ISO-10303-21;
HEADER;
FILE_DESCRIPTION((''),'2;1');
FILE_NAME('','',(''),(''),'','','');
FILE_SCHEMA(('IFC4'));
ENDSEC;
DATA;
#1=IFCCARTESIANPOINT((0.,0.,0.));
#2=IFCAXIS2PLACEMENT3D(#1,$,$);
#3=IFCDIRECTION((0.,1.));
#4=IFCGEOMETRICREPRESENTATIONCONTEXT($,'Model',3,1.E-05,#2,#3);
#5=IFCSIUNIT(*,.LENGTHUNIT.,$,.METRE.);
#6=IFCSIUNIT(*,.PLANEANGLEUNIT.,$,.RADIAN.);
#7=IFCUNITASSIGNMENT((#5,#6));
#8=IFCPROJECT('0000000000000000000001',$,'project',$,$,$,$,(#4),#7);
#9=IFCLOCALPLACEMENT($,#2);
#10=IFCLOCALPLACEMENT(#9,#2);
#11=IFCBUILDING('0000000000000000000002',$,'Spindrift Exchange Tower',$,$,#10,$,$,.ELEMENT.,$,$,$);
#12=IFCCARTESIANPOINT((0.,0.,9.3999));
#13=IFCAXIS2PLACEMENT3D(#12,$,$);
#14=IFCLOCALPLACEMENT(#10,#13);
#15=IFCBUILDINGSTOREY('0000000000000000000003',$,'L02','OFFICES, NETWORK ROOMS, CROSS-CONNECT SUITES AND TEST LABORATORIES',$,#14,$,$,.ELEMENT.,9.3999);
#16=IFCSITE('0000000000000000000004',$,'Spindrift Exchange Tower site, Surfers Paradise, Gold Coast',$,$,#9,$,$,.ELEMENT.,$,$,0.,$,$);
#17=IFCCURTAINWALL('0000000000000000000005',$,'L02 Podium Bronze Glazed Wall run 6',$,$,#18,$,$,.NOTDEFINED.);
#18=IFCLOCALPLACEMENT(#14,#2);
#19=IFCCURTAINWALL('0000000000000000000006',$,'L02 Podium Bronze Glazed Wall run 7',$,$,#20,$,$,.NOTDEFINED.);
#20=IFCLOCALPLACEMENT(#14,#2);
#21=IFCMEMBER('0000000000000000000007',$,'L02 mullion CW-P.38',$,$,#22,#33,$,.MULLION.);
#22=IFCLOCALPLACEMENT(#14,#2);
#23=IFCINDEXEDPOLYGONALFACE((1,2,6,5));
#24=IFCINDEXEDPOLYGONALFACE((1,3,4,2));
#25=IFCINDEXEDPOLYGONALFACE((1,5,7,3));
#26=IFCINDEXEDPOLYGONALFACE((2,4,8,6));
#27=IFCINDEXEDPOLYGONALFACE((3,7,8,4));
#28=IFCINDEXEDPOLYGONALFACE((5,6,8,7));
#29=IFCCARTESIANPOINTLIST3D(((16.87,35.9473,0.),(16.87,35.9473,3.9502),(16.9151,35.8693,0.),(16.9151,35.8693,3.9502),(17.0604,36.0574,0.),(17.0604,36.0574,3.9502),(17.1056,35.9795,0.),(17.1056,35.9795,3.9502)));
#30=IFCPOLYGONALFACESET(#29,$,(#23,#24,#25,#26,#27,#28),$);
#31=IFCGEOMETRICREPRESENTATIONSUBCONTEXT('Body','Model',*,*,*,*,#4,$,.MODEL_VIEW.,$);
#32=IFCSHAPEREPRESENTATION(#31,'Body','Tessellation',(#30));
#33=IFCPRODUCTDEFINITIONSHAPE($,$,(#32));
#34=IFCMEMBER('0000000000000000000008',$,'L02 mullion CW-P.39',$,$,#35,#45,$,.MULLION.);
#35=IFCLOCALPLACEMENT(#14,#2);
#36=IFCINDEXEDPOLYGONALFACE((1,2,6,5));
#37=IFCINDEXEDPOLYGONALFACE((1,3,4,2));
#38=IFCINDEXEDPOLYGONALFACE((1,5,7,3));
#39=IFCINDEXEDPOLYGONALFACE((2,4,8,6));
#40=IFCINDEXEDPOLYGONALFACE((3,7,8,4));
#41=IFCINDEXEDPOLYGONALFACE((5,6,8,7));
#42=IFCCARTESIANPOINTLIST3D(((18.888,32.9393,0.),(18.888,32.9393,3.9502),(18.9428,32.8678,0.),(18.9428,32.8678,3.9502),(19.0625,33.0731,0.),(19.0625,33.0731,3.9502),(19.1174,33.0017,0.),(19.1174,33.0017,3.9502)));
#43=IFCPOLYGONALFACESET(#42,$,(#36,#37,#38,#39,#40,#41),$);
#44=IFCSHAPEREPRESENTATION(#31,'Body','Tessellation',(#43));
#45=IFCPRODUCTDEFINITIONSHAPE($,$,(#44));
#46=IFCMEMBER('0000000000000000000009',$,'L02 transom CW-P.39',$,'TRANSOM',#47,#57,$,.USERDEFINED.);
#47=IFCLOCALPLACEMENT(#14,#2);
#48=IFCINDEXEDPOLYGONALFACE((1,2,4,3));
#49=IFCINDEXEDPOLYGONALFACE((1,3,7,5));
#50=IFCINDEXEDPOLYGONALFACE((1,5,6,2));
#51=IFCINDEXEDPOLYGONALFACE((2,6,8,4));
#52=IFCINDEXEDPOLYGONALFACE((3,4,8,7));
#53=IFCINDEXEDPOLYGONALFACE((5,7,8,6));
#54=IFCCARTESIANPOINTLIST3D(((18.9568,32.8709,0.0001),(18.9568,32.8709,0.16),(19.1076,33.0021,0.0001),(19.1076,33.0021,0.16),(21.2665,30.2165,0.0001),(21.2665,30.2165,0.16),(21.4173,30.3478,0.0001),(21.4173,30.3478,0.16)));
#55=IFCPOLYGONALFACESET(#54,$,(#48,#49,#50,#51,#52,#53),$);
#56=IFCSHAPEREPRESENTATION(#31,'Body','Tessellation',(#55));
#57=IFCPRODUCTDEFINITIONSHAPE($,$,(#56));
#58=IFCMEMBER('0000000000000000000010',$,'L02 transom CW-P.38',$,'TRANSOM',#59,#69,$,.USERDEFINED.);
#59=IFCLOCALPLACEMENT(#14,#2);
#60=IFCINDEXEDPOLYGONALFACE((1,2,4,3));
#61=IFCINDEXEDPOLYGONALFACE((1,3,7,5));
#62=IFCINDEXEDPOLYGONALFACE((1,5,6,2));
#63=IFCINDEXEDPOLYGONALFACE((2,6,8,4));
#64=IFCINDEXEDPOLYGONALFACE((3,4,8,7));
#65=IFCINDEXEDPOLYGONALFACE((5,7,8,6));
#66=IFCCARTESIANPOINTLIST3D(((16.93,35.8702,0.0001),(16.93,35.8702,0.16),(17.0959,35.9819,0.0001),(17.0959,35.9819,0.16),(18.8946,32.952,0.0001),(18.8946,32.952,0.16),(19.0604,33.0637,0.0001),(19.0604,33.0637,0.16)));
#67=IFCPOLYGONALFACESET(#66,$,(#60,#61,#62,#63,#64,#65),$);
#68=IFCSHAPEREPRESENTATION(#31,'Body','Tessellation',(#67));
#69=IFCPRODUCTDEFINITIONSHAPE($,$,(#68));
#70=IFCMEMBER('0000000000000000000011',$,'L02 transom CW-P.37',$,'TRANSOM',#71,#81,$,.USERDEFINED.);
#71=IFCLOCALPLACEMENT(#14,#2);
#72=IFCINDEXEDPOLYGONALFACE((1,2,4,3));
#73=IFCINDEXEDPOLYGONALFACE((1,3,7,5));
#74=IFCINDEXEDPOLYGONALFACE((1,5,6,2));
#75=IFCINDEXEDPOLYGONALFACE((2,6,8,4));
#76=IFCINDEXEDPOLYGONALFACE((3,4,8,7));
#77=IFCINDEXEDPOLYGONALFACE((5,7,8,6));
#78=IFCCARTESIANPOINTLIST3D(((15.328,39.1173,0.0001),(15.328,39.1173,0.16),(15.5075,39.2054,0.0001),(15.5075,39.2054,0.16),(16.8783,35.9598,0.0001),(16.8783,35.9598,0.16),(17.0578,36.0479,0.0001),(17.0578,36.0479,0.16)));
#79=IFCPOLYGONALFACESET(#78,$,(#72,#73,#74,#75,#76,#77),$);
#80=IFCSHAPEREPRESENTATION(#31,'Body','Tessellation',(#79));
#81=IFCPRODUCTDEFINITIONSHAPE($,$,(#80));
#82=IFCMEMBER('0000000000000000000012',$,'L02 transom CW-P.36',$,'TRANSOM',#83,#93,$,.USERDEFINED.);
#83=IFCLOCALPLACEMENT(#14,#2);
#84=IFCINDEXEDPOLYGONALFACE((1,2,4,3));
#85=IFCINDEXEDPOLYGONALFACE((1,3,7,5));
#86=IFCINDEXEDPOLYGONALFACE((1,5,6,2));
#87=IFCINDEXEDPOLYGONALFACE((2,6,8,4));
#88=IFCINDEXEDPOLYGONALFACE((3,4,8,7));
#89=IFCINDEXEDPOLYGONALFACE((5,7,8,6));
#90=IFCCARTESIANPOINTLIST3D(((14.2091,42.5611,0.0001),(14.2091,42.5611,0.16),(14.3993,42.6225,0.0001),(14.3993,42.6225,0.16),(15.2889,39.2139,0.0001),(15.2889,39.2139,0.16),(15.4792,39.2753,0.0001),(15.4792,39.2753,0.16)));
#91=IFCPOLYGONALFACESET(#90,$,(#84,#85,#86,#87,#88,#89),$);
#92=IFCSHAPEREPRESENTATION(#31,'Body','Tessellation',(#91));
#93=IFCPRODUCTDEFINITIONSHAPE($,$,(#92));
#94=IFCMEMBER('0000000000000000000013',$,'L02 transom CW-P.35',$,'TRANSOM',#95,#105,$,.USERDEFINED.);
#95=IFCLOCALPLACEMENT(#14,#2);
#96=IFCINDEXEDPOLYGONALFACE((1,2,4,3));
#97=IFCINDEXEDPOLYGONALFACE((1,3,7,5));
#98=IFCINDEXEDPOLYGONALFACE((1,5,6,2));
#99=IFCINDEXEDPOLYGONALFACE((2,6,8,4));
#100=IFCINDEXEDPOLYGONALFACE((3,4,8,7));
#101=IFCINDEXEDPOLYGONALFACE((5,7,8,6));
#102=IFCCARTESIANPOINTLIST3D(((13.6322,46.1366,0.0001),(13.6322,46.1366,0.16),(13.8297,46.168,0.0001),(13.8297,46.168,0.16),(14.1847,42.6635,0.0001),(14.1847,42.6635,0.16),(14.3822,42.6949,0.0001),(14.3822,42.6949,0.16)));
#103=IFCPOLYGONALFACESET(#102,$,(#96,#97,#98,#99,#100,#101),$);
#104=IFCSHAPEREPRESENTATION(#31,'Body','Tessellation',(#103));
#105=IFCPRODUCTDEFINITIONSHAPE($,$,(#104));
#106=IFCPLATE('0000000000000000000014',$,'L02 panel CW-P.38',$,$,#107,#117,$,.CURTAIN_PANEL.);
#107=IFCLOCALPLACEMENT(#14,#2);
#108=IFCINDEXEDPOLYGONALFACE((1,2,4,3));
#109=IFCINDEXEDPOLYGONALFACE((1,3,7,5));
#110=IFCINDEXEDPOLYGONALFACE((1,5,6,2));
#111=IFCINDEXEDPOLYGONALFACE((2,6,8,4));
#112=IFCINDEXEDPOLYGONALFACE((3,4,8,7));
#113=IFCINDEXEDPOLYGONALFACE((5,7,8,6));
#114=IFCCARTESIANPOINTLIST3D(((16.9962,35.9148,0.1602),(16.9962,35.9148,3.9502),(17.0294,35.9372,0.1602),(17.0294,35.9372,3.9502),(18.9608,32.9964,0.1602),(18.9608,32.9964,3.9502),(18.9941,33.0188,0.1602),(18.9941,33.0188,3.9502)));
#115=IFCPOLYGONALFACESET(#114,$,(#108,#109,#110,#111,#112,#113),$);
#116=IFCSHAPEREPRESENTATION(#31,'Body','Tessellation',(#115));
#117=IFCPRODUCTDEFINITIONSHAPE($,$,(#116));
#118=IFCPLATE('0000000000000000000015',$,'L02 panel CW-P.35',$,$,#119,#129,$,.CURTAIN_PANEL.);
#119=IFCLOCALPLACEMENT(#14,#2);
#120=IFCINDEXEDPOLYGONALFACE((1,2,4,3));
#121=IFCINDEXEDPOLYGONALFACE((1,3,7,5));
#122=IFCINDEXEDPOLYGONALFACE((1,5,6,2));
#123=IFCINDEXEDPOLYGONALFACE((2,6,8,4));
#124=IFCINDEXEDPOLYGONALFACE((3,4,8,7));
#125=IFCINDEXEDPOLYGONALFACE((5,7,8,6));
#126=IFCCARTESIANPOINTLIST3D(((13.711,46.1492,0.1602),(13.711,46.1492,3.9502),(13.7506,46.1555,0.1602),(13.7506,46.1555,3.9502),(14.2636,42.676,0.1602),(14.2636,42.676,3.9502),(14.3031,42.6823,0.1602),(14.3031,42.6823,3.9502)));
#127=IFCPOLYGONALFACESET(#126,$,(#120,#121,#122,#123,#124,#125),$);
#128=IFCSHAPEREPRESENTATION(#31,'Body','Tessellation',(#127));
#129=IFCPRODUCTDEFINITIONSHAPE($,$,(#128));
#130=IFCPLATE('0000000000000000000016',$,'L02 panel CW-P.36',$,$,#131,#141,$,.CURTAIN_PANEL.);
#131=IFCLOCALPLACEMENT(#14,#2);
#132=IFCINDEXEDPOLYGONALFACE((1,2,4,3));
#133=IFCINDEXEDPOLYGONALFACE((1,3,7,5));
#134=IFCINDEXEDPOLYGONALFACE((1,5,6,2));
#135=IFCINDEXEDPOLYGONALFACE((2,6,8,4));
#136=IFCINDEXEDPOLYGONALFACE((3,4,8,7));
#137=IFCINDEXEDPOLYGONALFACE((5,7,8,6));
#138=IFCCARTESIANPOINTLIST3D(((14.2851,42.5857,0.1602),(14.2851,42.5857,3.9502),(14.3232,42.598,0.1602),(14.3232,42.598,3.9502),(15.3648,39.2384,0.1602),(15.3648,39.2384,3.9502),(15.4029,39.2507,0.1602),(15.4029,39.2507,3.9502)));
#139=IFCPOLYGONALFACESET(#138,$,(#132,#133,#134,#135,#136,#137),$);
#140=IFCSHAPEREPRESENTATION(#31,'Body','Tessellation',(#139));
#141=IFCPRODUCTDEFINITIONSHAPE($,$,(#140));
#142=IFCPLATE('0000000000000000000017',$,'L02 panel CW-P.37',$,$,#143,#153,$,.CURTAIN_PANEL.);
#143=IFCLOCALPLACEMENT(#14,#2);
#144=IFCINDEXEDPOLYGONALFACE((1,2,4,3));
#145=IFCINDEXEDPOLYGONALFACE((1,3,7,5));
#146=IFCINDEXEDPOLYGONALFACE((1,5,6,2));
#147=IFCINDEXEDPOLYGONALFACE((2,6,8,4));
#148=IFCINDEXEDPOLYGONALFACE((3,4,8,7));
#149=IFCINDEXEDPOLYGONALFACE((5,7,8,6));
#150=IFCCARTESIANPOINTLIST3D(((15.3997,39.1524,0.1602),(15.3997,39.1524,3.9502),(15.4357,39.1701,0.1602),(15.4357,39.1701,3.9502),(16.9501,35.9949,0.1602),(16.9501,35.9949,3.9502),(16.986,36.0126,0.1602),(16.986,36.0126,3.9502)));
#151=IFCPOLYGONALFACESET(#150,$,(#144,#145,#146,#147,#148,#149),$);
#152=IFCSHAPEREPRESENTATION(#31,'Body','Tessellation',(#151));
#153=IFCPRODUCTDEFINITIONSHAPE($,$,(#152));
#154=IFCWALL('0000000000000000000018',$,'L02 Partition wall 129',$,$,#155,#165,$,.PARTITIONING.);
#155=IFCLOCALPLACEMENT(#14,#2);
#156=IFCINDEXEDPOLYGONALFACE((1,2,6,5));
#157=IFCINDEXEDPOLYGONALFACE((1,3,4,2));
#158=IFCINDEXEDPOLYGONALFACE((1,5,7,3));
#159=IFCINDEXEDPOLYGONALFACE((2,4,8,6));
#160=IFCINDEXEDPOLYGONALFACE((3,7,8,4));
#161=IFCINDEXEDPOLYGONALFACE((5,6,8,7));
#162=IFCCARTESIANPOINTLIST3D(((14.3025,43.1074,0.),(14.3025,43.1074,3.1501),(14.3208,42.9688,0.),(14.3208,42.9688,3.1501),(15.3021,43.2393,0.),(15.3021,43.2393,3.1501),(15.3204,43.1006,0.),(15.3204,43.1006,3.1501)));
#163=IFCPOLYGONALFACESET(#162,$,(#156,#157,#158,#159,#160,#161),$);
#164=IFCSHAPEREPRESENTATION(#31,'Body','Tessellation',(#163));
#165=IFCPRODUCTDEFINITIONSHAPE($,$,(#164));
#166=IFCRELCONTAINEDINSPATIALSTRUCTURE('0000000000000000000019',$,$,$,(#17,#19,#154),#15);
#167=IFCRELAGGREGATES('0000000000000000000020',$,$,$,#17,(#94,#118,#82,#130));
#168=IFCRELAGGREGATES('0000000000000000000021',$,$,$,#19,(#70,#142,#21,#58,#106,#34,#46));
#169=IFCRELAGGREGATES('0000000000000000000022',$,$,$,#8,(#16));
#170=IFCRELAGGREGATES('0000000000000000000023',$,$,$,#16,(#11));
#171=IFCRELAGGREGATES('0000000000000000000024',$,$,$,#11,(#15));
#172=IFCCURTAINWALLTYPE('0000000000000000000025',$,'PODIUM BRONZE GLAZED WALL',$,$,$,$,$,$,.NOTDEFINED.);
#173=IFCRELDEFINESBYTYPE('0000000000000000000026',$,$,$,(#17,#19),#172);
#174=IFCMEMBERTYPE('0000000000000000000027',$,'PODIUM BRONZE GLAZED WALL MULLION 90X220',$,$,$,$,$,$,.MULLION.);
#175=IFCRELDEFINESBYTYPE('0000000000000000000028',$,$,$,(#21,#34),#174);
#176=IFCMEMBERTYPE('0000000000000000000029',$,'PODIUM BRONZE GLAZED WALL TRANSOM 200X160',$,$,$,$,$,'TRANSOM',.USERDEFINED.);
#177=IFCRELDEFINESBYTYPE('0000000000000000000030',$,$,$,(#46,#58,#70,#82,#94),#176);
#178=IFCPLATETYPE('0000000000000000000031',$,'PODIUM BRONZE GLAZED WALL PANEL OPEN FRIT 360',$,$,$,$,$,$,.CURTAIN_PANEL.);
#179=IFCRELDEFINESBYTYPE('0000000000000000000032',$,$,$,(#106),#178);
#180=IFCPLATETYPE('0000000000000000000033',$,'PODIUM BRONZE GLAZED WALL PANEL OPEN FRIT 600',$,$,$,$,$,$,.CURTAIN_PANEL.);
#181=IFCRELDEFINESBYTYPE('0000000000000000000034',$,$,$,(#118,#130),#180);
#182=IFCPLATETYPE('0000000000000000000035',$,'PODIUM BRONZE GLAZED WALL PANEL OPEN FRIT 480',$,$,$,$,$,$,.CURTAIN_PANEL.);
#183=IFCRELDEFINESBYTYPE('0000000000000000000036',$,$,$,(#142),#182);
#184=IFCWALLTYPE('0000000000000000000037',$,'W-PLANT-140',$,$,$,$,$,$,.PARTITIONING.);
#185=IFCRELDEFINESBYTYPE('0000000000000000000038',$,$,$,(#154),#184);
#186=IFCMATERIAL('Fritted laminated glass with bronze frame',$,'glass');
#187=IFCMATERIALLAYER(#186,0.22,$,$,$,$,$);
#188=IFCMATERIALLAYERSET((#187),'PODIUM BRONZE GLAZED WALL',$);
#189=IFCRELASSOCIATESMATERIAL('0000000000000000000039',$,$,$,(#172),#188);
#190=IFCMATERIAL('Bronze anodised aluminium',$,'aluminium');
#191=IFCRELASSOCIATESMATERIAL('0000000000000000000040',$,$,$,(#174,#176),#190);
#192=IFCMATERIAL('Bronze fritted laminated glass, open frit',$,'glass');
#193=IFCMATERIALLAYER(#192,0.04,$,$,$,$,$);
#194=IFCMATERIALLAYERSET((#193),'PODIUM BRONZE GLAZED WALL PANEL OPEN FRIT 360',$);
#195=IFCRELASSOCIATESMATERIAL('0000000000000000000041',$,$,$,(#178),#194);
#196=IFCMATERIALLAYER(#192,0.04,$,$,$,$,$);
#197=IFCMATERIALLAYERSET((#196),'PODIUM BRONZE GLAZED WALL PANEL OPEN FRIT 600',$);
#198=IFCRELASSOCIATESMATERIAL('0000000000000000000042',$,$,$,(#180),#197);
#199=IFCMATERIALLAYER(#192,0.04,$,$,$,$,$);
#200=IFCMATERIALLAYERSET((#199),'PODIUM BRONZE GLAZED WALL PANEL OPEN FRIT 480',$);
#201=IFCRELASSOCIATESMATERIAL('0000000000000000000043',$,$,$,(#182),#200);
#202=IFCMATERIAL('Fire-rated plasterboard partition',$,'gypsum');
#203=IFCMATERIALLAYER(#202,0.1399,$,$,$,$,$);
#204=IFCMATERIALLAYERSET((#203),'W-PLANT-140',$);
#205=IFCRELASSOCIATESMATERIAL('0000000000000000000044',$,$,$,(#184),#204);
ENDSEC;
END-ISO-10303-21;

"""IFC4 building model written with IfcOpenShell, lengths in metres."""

from ifc_helpers import new_model, si_unit, direction, frame, frame_2d, origin, origin_2d, place, context, subcontext, project, spatial, rectangle, extrude, source, transform, mapped, material, layer, layer_set, material_profile, profile_set, type_object, element, aggregate, save


model = new_model("IFC4")

# Units and contexts
model_context = context("Model", 3, precision=1e-05, world=origin(), true_north=direction((0.0, 1.0)))
body_context = subcontext(model_context, "Body", "Model", "MODEL_VIEW")
ifc_project = project(units=[si_unit("LENGTHUNIT", "METRE"), si_unit("PLANEANGLEUNIT", "RADIAN")], contexts=[model_context])

# Site, building, storey
site_placement = place(None, origin())
site = spatial("IfcSite", under=ifc_project, at=site_placement, Name="Spindrift Exchange Tower site, Surfers Paradise, Gold Coast", CompositionType="ELEMENT", RefElevation=0.0)
building_placement = place(site_placement, origin())
building = spatial("IfcBuilding", under=site, at=building_placement, Name="Spindrift Exchange Tower", CompositionType="ELEMENT")
storey_placement = place(building_placement, frame((0.0, 0.0, 9.3999)))
storey = spatial("IfcBuildingStorey", under=building, at=storey_placement, Name="L02", Description="OFFICES, NETWORK ROOMS, CROSS-CONNECT SUITES AND TEST LABORATORIES", CompositionType="ELEMENT", Elevation=9.3999)

# Curtain wall
ifc_material_1 = material(Name="Fritted laminated glass with bronze frame", Category="glass")
ifc_layer_1 = layer(ifc_material_1, 0.22)
ifc_layer_set_1 = layer_set([ifc_layer_1], Name="PODIUM BRONZE GLAZED WALL")
curtain_wall_type = type_object("IfcCurtainWallType", Name="PODIUM BRONZE GLAZED WALL", PredefinedType="NOTDEFINED", material=ifc_layer_set_1)
curtain_wall_1_placement = place(storey_placement, origin())
curtain_wall_1 = element("IfcCurtainWall", 1, at=curtain_wall_1_placement, inside=storey, type_object=curtain_wall_type, Name="L02 Podium Bronze Glazed Wall run 6", PredefinedType="NOTDEFINED")
ifc_material_2 = material(Name="Bronze anodised aluminium", Category="aluminium")
ifc_material_profile_1 = material_profile(ifc_material_2, rectangle(XDim=0.0901, YDim=0.22, at=origin_2d()), Name="PODIUM BRONZE GLAZED WALL MULLION 90X220")
ifc_profile_set_1 = profile_set([ifc_material_profile_1], Name="Bronze anodised aluminium")
member_type_1 = type_object("IfcMemberType", Name="PODIUM BRONZE GLAZED WALL MULLION 90X220", PredefinedType="MULLION", material=ifc_profile_set_1)
shared_shape_1 = source(origin(), body_context, "Body", "SweptSolid", [
    extrude(rectangle(XDim=0.0901, YDim=0.22, at=origin_2d()), origin(), (0.0, 0.0, 1.0), 3.9502),
])

# Curtain wall, members
curtain_wall_2_placement = place(storey_placement, origin())
curtain_wall_2 = element("IfcCurtainWall", 2, at=curtain_wall_2_placement, inside=storey, type_object=curtain_wall_type, Name="L02 Podium Bronze Glazed Wall run 7", PredefinedType="NOTDEFINED")
member_1_placement = place(storey_placement, frame((16.9878, 35.9634, 0.0), z_axis=(0.0, 0.0, 1.0), x_axis=(0.500752, -0.865591, 0.0)))
member_1 = element("IfcMember", 3, at=member_1_placement, type_object=member_type_1, Name="L02 mullion CW-P.38", PredefinedType="MULLION", context=body_context, shape_type="MappedRepresentation", body=[
    mapped(shared_shape_1, transform((0.0, 0.0, 0.0), scale=1.0)),
])
member_2_placement = place(storey_placement, frame((19.0027, 32.9705, 0.0), z_axis=(0.0, 0.0, 1.0), x_axis=(0.608599, -0.793478, 0.0)))
member_2 = element("IfcMember", 4, at=member_2_placement, type_object=member_type_1, Name="L02 mullion CW-P.39", PredefinedType="MULLION", context=body_context, shape_type="MappedRepresentation", body=[
    mapped(shared_shape_1, transform((0.0, 0.0, 0.0), scale=1.0)),
])
ifc_material_profile_2 = material_profile(ifc_material_2, rectangle(XDim=0.2, YDim=0.1599, at=origin_2d()), Name="PODIUM BRONZE GLAZED WALL TRANSOM 200X160")
ifc_profile_set_2 = profile_set([ifc_material_profile_2], Name="Bronze anodised aluminium")
member_type_2 = type_object("IfcMemberType", Name="PODIUM BRONZE GLAZED WALL TRANSOM 200X160", ElementType="TRANSOM", PredefinedType="USERDEFINED", material=ifc_profile_set_2)
shared_shape_2 = source(origin(), body_context, "Body", "SweptSolid", [
    extrude(rectangle(XDim=0.2, YDim=0.1599, at=origin_2d()), origin(), (0.0, 0.0, 1.0), 3.5186),
])
member_3_placement = place(storey_placement, frame((19.0322, 32.9365, 0.0801), z_axis=(0.656419, -0.754396, 0.0), x_axis=(0.754396, 0.656419, 0.0)))
member_3 = element("IfcMember", 5, at=member_3_placement, type_object=member_type_2, Name="L02 transom CW-P.39", ObjectType="TRANSOM", PredefinedType="USERDEFINED", context=body_context, shape_type="MappedRepresentation", body=[
    mapped(shared_shape_2, transform((0.0, 0.0, 0.0), scale=1.0)),
])
shared_shape_3 = source(origin(), body_context, "Body", "SweptSolid", [
    extrude(rectangle(XDim=0.2, YDim=0.1599, at=origin_2d()), origin(), (0.0, 0.0, 1.0), 3.5178),
])
member_4_placement = place(storey_placement, frame((17.0129, 35.926, 0.0801), z_axis=(0.558458, -0.829533, 0.0), x_axis=(0.829533, 0.558458, 0.0)))
member_4 = element("IfcMember", 6, at=member_4_placement, type_object=member_type_2, Name="L02 transom CW-P.38", ObjectType="TRANSOM", PredefinedType="USERDEFINED", context=body_context, shape_type="MappedRepresentation", body=[
    mapped(shared_shape_3, transform((0.0, 0.0, 0.0), scale=1.0)),
])
shared_shape_4 = source(origin(), body_context, "Body", "SweptSolid", [
    extrude(rectangle(XDim=0.2, YDim=0.1599, at=origin_2d()), origin(), (0.0, 0.0, 1.0), 3.5176),
])
member_5_placement = place(storey_placement, frame((15.4177, 39.1614, 0.0801), z_axis=(0.440733, -0.897638, 0.0), x_axis=(0.897638, 0.440733, 0.0)))
member_5 = element("IfcMember", 7, at=member_5_placement, type_object=member_type_2, Name="L02 transom CW-P.37", ObjectType="TRANSOM", PredefinedType="USERDEFINED", context=body_context, shape_type="MappedRepresentation", body=[
    mapped(shared_shape_4, transform((0.0, 0.0, 0.0), scale=1.0)),
])

# Members
shared_shape_5 = source(origin(), body_context, "Body", "SweptSolid", [
    extrude(rectangle(XDim=0.2, YDim=0.1599, at=origin_2d()), origin(), (0.0, 0.0, 1.0), 3.5171),
])
member_6_placement = place(storey_placement, frame((14.3042, 42.5918, 0.0801), z_axis=(0.307029, -0.9517, 0.0), x_axis=(0.9517, 0.307029, 0.0)))
member_6 = element("IfcMember", 8, at=member_6_placement, type_object=member_type_2, Name="L02 transom CW-P.36", ObjectType="TRANSOM", PredefinedType="USERDEFINED", context=body_context, shape_type="MappedRepresentation", body=[
    mapped(shared_shape_5, transform((0.0, 0.0, 0.0), scale=1.0)),
])
shared_shape_6 = source(origin(), body_context, "Body", "SweptSolid", [
    extrude(rectangle(XDim=0.2, YDim=0.1599, at=origin_2d()), origin(), (0.0, 0.0, 1.0), 3.5168),
])
member_7_placement = place(storey_placement, frame((13.731, 46.1523, 0.0801), z_axis=(0.1571, -0.987583, 0.0), x_axis=(0.987583, 0.1571, 0.0)))
member_7 = element("IfcMember", 9, at=member_7_placement, type_object=member_type_2, Name="L02 transom CW-P.35", ObjectType="TRANSOM", PredefinedType="USERDEFINED", context=body_context, shape_type="MappedRepresentation", body=[
    mapped(shared_shape_6, transform((0.0, 0.0, 0.0), scale=1.0)),
])

# Plates
ifc_material_3 = material(Name="Bronze fritted laminated glass, open frit", Category="glass")
ifc_layer_2 = layer(ifc_material_3, 0.04)
ifc_layer_set_2 = layer_set([ifc_layer_2], Name="PODIUM BRONZE GLAZED WALL PANEL OPEN FRIT 360")
plate_type_1 = type_object("IfcPlateType", Name="PODIUM BRONZE GLAZED WALL PANEL OPEN FRIT 360", PredefinedType="CURTAIN_PANEL", material=ifc_layer_set_2)
shared_shape_7 = source(origin(), body_context, "Body", "SweptSolid", [
    extrude(rectangle(XDim=3.5181, YDim=0.04, at=origin_2d()), origin(), (0.0, 0.0, 1.0), 3.79),
])
plate_1_placement = place(storey_placement, frame((17.9951, 34.4668, 0.1602), z_axis=(0.0, 0.0, 1.0), x_axis=(0.558449, -0.829539, 0.0)))
plate_1 = element("IfcPlate", 10, at=plate_1_placement, type_object=plate_type_1, Name="L02 panel CW-P.38", PredefinedType="CURTAIN_PANEL", context=body_context, shape_type="MappedRepresentation", body=[
    mapped(shared_shape_7, transform((0.0, 0.0, 0.0), scale=1.0)),
])
ifc_layer_3 = layer(ifc_material_3, 0.04)
ifc_layer_set_3 = layer_set([ifc_layer_3], Name="PODIUM BRONZE GLAZED WALL PANEL OPEN FRIT 600")
plate_type_2 = type_object("IfcPlateType", Name="PODIUM BRONZE GLAZED WALL PANEL OPEN FRIT 600", PredefinedType="CURTAIN_PANEL", material=ifc_layer_set_3)
shared_shape_8 = source(origin(), body_context, "Body", "SweptSolid", [
    extrude(rectangle(XDim=3.5168, YDim=0.04, at=origin_2d()), origin(), (0.0, 0.0, 1.0), 3.79),
])
plate_2_placement = place(storey_placement, frame((14.0071, 44.4158, 0.1602), z_axis=(0.0, 0.0, 1.0), x_axis=(0.157121, -0.987579, 0.0)))
plate_2 = element("IfcPlate", 11, at=plate_2_placement, type_object=plate_type_2, Name="L02 panel CW-P.35", PredefinedType="CURTAIN_PANEL", context=body_context, shape_type="MappedRepresentation", body=[
    mapped(shared_shape_8, transform((0.0, 0.0, 0.0), scale=1.0)),
])
shared_shape_9 = source(origin(), body_context, "Body", "SweptSolid", [
    extrude(rectangle(XDim=3.5171, YDim=0.04, at=origin_2d()), origin(), (0.0, 0.0, 1.0), 3.79),
])
plate_3_placement = place(storey_placement, frame((14.844, 40.9182, 0.1602), z_axis=(0.0, 0.0, 1.0), x_axis=(0.306973, -0.951718, 0.0)))
plate_3 = element("IfcPlate", 12, at=plate_3_placement, type_object=plate_type_2, Name="L02 panel CW-P.36", PredefinedType="CURTAIN_PANEL", context=body_context, shape_type="MappedRepresentation", body=[
    mapped(shared_shape_9, transform((0.0, 0.0, 0.0), scale=1.0)),
])
aggregate(curtain_wall_1, [member_7, plate_2, member_6, plate_3])
ifc_layer_4 = layer(ifc_material_3, 0.04)
ifc_layer_set_4 = layer_set([ifc_layer_4], Name="PODIUM BRONZE GLAZED WALL PANEL OPEN FRIT 480")
plate_type_3 = type_object("IfcPlateType", Name="PODIUM BRONZE GLAZED WALL PANEL OPEN FRIT 480", PredefinedType="CURTAIN_PANEL", material=ifc_layer_set_4)
shared_shape_10 = source(origin(), body_context, "Body", "SweptSolid", [
    extrude(rectangle(XDim=3.5176, YDim=0.04, at=origin_2d()), origin(), (0.0, 0.0, 1.0), 3.79),
])
plate_4_placement = place(storey_placement, frame((16.1929, 37.5825, 0.1602), z_axis=(0.0, 0.0, 1.0), x_axis=(0.440738, -0.897636, 0.0)))
plate_4 = element("IfcPlate", 13, at=plate_4_placement, type_object=plate_type_3, Name="L02 panel CW-P.37", PredefinedType="CURTAIN_PANEL", context=body_context, shape_type="MappedRepresentation", body=[
    mapped(shared_shape_10, transform((0.0, 0.0, 0.0), scale=1.0)),
])
aggregate(curtain_wall_2, [member_5, plate_4, member_1, member_4, plate_1, member_2, member_3])

# Wall
ifc_material_4 = material(Name="Fire-rated plasterboard partition", Category="gypsum")
ifc_layer_5 = layer(ifc_material_4, 0.1399)
ifc_layer_set_5 = layer_set([ifc_layer_5], Name="W-PLANT-140")
wall_type = type_object("IfcWallType", Name="W-PLANT-140", PredefinedType="PARTITIONING", material=ifc_layer_set_5)
wall_placement = place(storey_placement, frame((15.3113, 43.1699, 0.0), z_axis=(0.0, 0.0, 1.0), x_axis=(-0.991417, -0.130736, 0.0)))
element("IfcWall", 14, at=wall_placement, inside=storey, type_object=wall_type, Name="L02 Partition wall 129", PredefinedType="PARTITIONING", context=body_context, shape_type="SweptSolid", body=[
    extrude(rectangle(XDim=1.0083, YDim=0.1399, at=frame_2d((0.5042, 0.0))), origin(), (0.0, 0.0, 1.0), 3.1501),
])

save(model, "model.ifc")
